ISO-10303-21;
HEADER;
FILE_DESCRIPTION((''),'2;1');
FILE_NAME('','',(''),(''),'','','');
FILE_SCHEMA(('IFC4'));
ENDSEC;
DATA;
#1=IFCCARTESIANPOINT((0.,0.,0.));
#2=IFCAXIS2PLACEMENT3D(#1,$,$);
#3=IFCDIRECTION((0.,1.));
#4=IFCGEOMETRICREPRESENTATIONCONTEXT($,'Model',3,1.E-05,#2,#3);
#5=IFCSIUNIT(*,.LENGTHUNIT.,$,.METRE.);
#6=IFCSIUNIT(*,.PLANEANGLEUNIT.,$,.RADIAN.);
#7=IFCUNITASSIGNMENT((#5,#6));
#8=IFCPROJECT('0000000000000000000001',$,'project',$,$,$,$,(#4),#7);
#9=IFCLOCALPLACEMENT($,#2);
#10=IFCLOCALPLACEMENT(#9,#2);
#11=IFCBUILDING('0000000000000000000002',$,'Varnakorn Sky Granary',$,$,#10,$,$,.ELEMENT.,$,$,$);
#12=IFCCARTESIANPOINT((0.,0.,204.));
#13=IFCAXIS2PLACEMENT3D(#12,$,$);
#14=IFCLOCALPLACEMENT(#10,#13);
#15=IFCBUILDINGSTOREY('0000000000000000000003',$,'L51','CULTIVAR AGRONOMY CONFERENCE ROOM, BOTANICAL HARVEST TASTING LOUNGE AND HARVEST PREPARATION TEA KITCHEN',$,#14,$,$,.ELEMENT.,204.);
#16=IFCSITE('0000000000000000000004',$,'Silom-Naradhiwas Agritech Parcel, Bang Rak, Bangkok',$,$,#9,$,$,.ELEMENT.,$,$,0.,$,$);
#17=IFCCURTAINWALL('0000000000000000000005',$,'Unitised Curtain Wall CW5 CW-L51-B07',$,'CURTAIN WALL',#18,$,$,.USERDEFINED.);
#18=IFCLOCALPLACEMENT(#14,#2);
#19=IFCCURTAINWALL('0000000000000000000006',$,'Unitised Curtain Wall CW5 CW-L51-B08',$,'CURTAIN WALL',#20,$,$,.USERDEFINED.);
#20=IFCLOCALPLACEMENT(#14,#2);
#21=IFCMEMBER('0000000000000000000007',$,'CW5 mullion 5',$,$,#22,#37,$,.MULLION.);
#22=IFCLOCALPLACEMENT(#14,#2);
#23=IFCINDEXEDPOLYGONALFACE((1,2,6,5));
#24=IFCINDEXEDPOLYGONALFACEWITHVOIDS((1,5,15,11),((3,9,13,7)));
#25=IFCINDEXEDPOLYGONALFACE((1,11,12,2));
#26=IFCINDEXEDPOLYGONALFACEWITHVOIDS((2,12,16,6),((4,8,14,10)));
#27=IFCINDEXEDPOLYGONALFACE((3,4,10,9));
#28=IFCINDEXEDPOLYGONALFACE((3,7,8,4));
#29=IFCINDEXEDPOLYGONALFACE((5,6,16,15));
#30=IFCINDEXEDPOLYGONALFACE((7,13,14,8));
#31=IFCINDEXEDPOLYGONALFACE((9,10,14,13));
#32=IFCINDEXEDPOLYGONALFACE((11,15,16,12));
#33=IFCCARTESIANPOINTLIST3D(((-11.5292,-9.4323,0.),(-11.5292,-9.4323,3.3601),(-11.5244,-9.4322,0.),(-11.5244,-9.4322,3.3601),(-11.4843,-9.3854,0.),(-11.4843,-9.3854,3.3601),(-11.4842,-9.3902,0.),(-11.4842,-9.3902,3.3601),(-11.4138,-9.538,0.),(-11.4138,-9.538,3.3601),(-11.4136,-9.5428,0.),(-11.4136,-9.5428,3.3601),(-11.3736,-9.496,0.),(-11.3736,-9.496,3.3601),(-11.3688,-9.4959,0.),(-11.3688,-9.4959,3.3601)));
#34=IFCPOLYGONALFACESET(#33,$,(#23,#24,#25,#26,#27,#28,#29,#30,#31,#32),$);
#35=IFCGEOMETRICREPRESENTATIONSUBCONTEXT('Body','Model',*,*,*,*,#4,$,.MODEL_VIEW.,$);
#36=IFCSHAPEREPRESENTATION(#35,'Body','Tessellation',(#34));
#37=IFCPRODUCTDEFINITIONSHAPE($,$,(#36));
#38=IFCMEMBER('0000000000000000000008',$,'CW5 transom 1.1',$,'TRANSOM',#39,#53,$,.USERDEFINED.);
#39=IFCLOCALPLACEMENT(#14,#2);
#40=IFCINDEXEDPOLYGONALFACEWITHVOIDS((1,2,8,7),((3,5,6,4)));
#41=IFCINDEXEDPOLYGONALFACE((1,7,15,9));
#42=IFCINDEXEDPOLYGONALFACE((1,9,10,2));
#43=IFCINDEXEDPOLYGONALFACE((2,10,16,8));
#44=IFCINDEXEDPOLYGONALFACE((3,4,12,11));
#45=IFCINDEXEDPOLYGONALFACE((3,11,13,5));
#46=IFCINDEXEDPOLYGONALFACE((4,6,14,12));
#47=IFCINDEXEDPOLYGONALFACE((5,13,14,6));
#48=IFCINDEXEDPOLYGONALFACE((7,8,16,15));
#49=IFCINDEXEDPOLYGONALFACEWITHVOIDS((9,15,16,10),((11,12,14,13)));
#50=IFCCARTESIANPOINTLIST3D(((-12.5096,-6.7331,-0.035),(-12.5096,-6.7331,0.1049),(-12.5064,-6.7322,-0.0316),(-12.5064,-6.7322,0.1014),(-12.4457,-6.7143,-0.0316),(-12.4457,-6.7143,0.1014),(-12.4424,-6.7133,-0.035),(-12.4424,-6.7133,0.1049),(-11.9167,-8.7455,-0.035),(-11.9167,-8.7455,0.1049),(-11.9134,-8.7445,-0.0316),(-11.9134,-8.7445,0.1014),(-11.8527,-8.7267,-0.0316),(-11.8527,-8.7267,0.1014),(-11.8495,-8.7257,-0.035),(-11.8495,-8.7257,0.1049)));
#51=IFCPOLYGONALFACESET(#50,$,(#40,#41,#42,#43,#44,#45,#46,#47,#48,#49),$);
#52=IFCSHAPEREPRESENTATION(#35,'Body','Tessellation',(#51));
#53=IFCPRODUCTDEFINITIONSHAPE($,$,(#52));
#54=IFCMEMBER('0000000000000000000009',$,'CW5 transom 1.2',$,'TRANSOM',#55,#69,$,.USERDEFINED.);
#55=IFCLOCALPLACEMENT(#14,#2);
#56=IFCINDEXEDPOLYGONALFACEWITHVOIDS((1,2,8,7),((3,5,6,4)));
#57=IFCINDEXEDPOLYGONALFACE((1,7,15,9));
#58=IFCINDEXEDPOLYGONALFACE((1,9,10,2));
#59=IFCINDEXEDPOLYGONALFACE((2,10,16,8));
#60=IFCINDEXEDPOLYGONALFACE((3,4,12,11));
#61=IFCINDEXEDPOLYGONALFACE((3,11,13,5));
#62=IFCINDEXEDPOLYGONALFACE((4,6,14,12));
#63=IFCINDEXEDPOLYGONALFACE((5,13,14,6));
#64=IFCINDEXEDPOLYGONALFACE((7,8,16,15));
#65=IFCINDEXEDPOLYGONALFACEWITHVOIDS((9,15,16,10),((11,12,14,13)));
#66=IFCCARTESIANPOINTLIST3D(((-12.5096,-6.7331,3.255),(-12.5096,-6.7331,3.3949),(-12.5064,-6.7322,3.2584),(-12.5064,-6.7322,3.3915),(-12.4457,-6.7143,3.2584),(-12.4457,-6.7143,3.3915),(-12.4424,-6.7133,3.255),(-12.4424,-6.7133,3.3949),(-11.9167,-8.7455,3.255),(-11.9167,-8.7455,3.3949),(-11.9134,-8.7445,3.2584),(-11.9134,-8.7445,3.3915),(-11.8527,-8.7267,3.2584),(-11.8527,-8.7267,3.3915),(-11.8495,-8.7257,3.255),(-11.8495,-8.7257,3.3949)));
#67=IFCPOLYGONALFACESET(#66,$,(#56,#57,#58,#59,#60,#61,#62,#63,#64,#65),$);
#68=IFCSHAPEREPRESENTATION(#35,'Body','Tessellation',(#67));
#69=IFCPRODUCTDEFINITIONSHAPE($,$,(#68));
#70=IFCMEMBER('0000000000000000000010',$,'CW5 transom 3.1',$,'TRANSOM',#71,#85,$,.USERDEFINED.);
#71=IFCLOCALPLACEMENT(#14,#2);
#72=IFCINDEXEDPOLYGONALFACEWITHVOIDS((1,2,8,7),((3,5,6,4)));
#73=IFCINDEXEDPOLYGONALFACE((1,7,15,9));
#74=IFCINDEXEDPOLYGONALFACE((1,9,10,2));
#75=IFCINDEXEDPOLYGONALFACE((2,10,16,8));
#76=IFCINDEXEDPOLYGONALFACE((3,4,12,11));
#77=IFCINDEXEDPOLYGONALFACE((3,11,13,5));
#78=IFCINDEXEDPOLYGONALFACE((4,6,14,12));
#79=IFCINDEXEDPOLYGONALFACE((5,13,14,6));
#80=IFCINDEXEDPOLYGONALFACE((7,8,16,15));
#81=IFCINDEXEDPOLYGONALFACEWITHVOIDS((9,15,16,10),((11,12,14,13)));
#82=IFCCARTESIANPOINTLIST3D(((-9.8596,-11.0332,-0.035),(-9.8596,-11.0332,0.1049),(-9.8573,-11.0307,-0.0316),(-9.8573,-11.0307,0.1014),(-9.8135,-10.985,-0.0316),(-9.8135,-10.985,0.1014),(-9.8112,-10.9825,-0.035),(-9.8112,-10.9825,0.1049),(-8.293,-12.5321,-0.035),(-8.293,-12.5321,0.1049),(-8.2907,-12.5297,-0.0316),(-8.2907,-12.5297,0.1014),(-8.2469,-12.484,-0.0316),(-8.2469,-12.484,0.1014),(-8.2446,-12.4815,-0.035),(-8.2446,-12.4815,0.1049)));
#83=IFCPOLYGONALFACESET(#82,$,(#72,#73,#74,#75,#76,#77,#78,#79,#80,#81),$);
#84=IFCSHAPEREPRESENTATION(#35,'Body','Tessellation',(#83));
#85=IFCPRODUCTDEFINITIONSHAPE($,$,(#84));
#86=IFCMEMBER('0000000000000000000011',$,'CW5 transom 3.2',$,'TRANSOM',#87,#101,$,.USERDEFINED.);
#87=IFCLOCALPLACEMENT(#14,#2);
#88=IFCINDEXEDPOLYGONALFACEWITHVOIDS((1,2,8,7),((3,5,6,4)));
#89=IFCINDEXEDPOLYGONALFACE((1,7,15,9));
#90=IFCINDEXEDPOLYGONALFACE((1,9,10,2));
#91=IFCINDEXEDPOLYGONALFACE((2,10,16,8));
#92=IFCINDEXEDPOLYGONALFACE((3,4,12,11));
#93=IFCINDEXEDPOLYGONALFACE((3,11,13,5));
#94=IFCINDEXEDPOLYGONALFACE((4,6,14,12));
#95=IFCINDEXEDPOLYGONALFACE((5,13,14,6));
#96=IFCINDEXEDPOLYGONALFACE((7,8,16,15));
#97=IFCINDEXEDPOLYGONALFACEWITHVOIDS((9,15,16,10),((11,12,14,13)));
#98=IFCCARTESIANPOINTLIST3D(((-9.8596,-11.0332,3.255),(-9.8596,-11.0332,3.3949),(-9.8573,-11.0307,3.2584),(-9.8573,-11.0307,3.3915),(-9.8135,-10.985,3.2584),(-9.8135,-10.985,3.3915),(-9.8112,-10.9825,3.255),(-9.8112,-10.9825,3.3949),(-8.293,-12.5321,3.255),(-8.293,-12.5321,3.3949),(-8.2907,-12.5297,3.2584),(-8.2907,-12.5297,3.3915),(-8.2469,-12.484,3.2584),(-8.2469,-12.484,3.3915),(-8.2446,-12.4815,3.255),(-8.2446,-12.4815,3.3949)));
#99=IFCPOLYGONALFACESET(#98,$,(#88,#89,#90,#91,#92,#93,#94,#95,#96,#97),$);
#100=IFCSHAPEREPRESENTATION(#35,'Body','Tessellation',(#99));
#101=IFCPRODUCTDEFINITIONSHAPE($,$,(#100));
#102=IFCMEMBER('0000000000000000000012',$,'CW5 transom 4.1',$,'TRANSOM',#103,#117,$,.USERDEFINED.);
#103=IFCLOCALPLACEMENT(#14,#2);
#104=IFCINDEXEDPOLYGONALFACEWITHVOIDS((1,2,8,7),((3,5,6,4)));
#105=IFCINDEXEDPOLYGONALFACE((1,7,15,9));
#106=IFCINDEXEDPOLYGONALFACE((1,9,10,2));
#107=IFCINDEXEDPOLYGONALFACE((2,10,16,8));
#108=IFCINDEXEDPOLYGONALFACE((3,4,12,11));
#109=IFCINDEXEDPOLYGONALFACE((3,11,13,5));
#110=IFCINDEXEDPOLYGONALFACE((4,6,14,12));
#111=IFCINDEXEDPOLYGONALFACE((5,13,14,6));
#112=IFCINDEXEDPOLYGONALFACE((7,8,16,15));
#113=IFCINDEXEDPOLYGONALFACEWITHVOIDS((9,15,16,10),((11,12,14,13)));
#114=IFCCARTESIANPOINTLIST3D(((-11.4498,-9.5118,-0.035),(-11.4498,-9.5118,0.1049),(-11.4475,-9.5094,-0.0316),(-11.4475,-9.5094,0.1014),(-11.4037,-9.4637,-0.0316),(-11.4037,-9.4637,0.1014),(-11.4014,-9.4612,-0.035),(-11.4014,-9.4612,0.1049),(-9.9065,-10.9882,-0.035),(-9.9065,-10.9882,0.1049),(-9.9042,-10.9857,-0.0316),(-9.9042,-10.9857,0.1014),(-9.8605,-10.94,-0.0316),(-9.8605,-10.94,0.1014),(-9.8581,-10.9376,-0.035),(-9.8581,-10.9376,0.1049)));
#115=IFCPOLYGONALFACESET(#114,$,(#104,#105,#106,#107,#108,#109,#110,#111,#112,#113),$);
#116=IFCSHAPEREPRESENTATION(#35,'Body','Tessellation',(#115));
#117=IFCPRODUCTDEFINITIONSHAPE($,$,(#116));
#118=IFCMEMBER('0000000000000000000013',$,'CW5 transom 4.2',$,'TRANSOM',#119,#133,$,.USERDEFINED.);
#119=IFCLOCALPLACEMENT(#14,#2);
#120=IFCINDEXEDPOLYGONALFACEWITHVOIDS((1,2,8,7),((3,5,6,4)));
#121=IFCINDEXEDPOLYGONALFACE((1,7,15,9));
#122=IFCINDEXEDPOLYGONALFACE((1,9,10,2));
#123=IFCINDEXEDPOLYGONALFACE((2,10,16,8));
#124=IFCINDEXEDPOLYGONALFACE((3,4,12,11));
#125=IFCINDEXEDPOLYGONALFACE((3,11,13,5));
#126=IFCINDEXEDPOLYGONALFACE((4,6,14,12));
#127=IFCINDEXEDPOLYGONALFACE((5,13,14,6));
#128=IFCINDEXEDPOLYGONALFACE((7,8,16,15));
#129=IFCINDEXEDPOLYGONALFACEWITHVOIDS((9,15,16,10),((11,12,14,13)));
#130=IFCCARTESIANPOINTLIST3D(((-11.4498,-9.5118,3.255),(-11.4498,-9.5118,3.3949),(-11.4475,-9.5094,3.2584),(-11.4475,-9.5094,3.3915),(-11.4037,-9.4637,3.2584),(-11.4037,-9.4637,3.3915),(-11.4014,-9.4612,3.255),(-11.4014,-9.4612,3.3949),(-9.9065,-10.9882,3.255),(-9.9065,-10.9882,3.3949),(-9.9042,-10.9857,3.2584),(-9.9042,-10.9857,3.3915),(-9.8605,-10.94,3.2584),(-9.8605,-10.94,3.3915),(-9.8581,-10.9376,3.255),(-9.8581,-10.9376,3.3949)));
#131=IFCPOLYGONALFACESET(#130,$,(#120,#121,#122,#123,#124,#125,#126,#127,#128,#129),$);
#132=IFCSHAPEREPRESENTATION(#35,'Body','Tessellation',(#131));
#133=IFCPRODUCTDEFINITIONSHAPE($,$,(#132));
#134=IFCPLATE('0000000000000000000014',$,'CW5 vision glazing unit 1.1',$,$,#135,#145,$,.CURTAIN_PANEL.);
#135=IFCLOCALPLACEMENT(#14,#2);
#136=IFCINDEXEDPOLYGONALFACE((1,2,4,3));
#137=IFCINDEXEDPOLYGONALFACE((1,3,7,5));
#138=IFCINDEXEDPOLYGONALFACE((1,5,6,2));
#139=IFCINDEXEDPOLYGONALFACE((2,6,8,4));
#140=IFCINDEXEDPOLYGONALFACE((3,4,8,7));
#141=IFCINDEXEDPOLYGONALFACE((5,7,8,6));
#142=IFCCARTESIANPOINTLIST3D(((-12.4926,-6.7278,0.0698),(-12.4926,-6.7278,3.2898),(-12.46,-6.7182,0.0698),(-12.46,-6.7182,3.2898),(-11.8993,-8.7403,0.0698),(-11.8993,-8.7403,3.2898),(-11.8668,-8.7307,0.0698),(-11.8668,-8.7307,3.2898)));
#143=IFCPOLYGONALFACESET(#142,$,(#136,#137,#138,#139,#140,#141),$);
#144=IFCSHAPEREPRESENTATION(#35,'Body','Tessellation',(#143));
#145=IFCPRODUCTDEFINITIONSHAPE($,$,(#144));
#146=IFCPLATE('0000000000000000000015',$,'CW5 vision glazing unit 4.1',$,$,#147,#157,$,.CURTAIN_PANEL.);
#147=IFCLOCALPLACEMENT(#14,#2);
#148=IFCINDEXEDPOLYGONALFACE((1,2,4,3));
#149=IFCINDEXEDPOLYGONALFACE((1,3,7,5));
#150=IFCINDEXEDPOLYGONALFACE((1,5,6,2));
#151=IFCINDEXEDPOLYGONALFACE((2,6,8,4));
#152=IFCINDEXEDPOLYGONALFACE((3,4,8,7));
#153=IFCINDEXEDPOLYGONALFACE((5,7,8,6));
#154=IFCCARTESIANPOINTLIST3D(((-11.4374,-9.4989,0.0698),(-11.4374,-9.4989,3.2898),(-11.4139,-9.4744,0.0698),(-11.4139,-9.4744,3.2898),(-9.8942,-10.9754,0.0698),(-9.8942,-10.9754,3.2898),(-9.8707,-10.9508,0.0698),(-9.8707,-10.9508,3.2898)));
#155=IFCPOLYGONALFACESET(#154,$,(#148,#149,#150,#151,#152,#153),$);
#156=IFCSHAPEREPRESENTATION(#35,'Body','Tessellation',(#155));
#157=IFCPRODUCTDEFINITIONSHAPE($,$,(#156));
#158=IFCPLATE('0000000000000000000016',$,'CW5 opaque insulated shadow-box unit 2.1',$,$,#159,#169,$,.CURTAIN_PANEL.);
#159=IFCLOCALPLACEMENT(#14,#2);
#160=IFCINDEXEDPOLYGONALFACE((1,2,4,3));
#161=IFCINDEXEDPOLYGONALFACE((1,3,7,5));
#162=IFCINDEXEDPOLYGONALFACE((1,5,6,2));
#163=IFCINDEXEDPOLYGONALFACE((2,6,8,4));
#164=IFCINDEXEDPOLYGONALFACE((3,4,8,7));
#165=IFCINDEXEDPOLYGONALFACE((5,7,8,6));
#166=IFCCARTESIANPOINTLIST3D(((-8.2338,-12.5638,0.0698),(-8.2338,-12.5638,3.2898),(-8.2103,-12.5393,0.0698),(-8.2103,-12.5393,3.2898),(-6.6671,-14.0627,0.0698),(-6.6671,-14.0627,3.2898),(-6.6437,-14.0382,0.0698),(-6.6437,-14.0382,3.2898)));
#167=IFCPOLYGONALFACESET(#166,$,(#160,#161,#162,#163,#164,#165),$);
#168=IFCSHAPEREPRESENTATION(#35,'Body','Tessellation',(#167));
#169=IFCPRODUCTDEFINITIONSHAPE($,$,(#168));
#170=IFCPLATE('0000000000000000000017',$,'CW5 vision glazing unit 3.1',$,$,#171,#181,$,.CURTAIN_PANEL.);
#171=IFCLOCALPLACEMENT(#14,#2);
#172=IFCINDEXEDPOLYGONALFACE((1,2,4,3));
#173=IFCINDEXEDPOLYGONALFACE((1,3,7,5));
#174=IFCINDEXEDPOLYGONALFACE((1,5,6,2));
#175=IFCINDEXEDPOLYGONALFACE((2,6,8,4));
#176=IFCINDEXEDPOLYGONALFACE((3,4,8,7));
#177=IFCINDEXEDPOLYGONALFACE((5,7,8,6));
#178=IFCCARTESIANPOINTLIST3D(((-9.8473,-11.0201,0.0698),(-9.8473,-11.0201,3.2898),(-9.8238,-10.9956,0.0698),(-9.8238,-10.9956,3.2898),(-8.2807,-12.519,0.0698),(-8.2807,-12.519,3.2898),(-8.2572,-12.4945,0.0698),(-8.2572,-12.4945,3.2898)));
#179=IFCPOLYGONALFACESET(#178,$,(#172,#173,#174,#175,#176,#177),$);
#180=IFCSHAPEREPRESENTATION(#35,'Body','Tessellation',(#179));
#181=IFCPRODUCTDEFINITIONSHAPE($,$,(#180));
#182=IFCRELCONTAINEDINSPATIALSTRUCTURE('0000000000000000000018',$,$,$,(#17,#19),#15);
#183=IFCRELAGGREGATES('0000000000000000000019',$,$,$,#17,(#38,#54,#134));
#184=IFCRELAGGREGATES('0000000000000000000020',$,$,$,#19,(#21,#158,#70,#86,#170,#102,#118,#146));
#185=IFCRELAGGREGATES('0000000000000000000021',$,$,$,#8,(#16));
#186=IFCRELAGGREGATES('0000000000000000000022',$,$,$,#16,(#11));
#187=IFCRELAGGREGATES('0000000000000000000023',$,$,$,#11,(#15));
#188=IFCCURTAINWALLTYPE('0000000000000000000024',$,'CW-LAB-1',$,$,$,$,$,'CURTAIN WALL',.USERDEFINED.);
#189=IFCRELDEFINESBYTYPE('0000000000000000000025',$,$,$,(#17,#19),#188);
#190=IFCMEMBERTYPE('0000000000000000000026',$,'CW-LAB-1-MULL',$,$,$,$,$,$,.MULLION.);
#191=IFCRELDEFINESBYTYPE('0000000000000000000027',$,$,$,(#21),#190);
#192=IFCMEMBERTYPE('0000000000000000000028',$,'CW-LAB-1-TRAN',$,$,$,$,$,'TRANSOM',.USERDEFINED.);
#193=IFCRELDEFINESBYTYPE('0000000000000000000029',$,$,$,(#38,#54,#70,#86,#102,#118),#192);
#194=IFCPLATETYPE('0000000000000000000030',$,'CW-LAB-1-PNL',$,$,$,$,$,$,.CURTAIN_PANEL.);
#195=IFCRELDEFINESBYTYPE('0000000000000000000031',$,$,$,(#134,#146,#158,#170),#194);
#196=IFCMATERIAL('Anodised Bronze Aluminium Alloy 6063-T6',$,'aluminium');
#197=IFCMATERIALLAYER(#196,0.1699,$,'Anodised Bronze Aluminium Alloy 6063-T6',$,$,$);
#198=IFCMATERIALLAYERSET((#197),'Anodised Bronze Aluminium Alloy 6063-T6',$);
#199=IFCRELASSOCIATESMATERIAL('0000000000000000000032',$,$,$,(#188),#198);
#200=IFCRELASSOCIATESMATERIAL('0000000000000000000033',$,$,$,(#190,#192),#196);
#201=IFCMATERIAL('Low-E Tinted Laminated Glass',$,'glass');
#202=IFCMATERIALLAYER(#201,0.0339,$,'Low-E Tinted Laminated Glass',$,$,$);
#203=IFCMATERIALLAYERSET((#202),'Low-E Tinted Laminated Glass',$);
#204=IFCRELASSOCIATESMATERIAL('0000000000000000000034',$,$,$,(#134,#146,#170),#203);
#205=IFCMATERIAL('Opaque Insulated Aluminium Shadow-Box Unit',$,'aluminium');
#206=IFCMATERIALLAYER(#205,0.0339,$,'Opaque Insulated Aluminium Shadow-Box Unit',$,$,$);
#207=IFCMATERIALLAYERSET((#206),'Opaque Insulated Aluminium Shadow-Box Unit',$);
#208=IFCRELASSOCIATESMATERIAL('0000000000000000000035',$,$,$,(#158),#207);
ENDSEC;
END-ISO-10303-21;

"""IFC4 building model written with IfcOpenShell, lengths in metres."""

from ifc_helpers import new_model, si_unit, direction, frame, origin, origin_2d, place, context, subcontext, project, spatial, rectangle, hollow_rectangle, extrude, source, transform, mapped, material, layer, layer_set, material_profile, profile_set, type_object, type_shapes, element, aggregate, save


model = new_model("IFC4")

# Units and contexts
model_context = context("Model", 3, precision=1e-05, world=origin(), true_north=direction((0.0, 1.0)))
body_context = subcontext(model_context, "Body", "Model", "MODEL_VIEW")
ifc_project = project(units=[si_unit("LENGTHUNIT", "METRE"), si_unit("PLANEANGLEUNIT", "RADIAN")], contexts=[model_context])

# Site, building, storey
site_placement = place(None, origin())
site = spatial("IfcSite", under=ifc_project, at=site_placement, Name="Silom-Naradhiwas Agritech Parcel, Bang Rak, Bangkok", CompositionType="ELEMENT", RefElevation=0.0)
building_placement = place(site_placement, origin())
building = spatial("IfcBuilding", under=site, at=building_placement, Name="Varnakorn Sky Granary", CompositionType="ELEMENT")
storey_placement = place(building_placement, frame((0.0, 0.0, 204.0)))
storey = spatial("IfcBuildingStorey", under=building, at=storey_placement, Name="L51", Description="CULTIVAR AGRONOMY CONFERENCE ROOM, BOTANICAL HARVEST TASTING LOUNGE AND HARVEST PREPARATION TEA KITCHEN", CompositionType="ELEMENT", Elevation=204.0)

# Curtain walls, member
ifc_material_1 = material(Name="Anodised Bronze Aluminium Alloy 6063-T6", Category="aluminium")
ifc_layer_1 = layer(ifc_material_1, 0.1699, Name="Anodised Bronze Aluminium Alloy 6063-T6")
ifc_layer_set_1 = layer_set([ifc_layer_1], Name="Anodised Bronze Aluminium Alloy 6063-T6")
curtain_wall_type = type_object("IfcCurtainWallType", Name="CW-LAB-1", ElementType="CURTAIN WALL", PredefinedType="USERDEFINED", material=ifc_layer_set_1)
curtain_wall_1_placement = place(storey_placement, origin())
curtain_wall_1 = element("IfcCurtainWall", 1, at=curtain_wall_1_placement, inside=storey, type_object=curtain_wall_type, Name="Unitised Curtain Wall CW5 CW-L51-B07", ObjectType="CURTAIN WALL", PredefinedType="USERDEFINED")
ifc_material_profile_1 = material_profile(ifc_material_1, hollow_rectangle(XDim=0.0649, YDim=0.1599, WallThickness=0.0034, at=origin_2d()), Name="ALU MULL 65x160")
ifc_profile_set_1 = profile_set([ifc_material_profile_1], Name="Anodised Bronze Aluminium Alloy 6063-T6")
member_type_1 = type_object("IfcMemberType", Name="CW-LAB-1-MULL", PredefinedType="MULLION", material=ifc_profile_set_1)
curtain_wall_2_placement = place(storey_placement, origin())
curtain_wall_2 = element("IfcCurtainWall", 2, at=curtain_wall_2_placement, inside=storey, type_object=curtain_wall_type, Name="Unitised Curtain Wall CW5 CW-L51-B08", ObjectType="CURTAIN WALL", PredefinedType="USERDEFINED")
member_1_placement = place(storey_placement, frame((-11.449, -9.4641, 0.0), z_axis=(0.0, 0.0, 1.0), x_axis=(-0.691317, -0.722551, 0.0)))
member_1 = element("IfcMember", 3, at=member_1_placement, type_object=member_type_1, Name="CW5 mullion 5", PredefinedType="MULLION", context=body_context, shape_type="SweptSolid", body=[
    extrude(hollow_rectangle(XDim=0.0649, YDim=0.1599, WallThickness=0.0034, at=origin_2d()), origin(), (0.0, 0.0, 1.0), 3.3601),
])

# Members
ifc_material_profile_2 = material_profile(ifc_material_1, hollow_rectangle(XDim=0.0701, YDim=0.1399, WallThickness=0.0034, at=origin_2d()), Name="ALU TRAN 70x140")
ifc_profile_set_2 = profile_set([ifc_material_profile_2], Name="Anodised Bronze Aluminium Alloy 6063-T6")
member_type_2 = type_object("IfcMemberType", Name="CW-LAB-1-TRAN", ElementType="TRANSOM", PredefinedType="USERDEFINED", material=ifc_profile_set_2)
member_2_placement = place(storey_placement, frame((-11.8831, -8.7356, 0.0349), z_axis=(-0.282658, 0.959221, 0.0), x_axis=(-0.959221, -0.282658, 0.0)))
member_2 = element("IfcMember", 4, at=member_2_placement, type_object=member_type_2, Name="CW5 transom 1.1", ObjectType="TRANSOM", PredefinedType="USERDEFINED", context=body_context, shape_type="SweptSolid", body=[
    extrude(hollow_rectangle(XDim=0.0701, YDim=0.1399, WallThickness=0.0034, at=origin_2d()), origin(), (0.0, 0.0, 1.0), 2.0979),
])
member_3_placement = place(storey_placement, frame((-11.8831, -8.7356, 3.325), z_axis=(-0.282658, 0.959221, 0.0), x_axis=(-0.959221, -0.282658, 0.0)))
member_3 = element("IfcMember", 5, at=member_3_placement, type_object=member_type_2, Name="CW5 transom 1.2", ObjectType="TRANSOM", PredefinedType="USERDEFINED", context=body_context, shape_type="SweptSolid", body=[
    extrude(hollow_rectangle(XDim=0.0701, YDim=0.1399, WallThickness=0.0034, at=origin_2d()), origin(), (0.0, 0.0, 1.0), 2.0979),
])
member_4_placement = place(storey_placement, frame((-8.2688, -12.5068, 0.0349), z_axis=(-0.722529, 0.69134, 0.0), x_axis=(-0.69134, -0.722529, 0.0)))
member_4 = element("IfcMember", 6, at=member_4_placement, type_object=member_type_2, Name="CW5 transom 3.1", ObjectType="TRANSOM", PredefinedType="USERDEFINED", context=body_context, shape_type="SweptSolid", body=[
    extrude(hollow_rectangle(XDim=0.0701, YDim=0.1399, WallThickness=0.0034, at=origin_2d()), origin(), (0.0, 0.0, 1.0), 2.1682),
])
member_5_placement = place(storey_placement, frame((-8.2688, -12.5068, 3.325), z_axis=(-0.722529, 0.69134, 0.0), x_axis=(-0.69134, -0.722529, 0.0)))
member_5 = element("IfcMember", 7, at=member_5_placement, type_object=member_type_2, Name="CW5 transom 3.2", ObjectType="TRANSOM", PredefinedType="USERDEFINED", context=body_context, shape_type="SweptSolid", body=[
    extrude(hollow_rectangle(XDim=0.0701, YDim=0.1399, WallThickness=0.0034, at=origin_2d()), origin(), (0.0, 0.0, 1.0), 2.1682),
])
member_6_placement = place(storey_placement, frame((-9.8823, -10.9629, 0.0349), z_axis=(-0.722595, 0.691272, 0.0), x_axis=(-0.691272, -0.722595, 0.0)))
member_6 = element("IfcMember", 8, at=member_6_placement, type_object=member_type_2, Name="CW5 transom 4.1", ObjectType="TRANSOM", PredefinedType="USERDEFINED", context=body_context, shape_type="SweptSolid", body=[
    extrude(hollow_rectangle(XDim=0.0701, YDim=0.1399, WallThickness=0.0034, at=origin_2d()), origin(), (0.0, 0.0, 1.0), 2.1357),
])
member_7_placement = place(storey_placement, frame((-9.8823, -10.9629, 3.325), z_axis=(-0.722595, 0.691272, 0.0), x_axis=(-0.691272, -0.722595, 0.0)))
member_7 = element("IfcMember", 9, at=member_7_placement, type_object=member_type_2, Name="CW5 transom 4.2", ObjectType="TRANSOM", PredefinedType="USERDEFINED", context=body_context, shape_type="SweptSolid", body=[
    extrude(hollow_rectangle(XDim=0.0701, YDim=0.1399, WallThickness=0.0034, at=origin_2d()), origin(), (0.0, 0.0, 1.0), 2.1357),
])

# Plates
ifc_material_2 = material(Name="Low-E Tinted Laminated Glass", Category="glass")
ifc_layer_2 = layer(ifc_material_2, 0.0339, Name="Low-E Tinted Laminated Glass")
ifc_layer_set_2 = layer_set([ifc_layer_2], Name="Low-E Tinted Laminated Glass")
plate_type = type_object("IfcPlateType", Name="CW-LAB-1-PNL", PredefinedType="CURTAIN_PANEL")
shared_shape_1 = source(origin(), body_context, "Body", "SweptSolid", [
    extrude(rectangle(XDim=2.0981, YDim=0.0339, at=origin_2d()), origin(), (0.0, 0.0, 1.0), 3.22),
])
plate_1_placement = place(storey_placement, frame((-12.1797, -7.7292, 0.0698), z_axis=(0.0, 0.0, 1.0), x_axis=(-0.282744, 0.959195, 0.0)))
plate_1 = element("IfcPlate", 10, at=plate_1_placement, type_object=plate_type, material=ifc_layer_set_2, Name="CW5 vision glazing unit 1.1", PredefinedType="CURTAIN_PANEL", context=body_context, shape_type="MappedRepresentation", body=[
    mapped(shared_shape_1, transform((0.0, 0.0, 0.0), x_axis=(1.0, 0.0, 0.0), y_axis=(0.0, 1.0, 0.0), z_axis=(0.0, 0.0, 1.0), scale=1.0)),
])
aggregate(curtain_wall_1, [member_2, member_3, plate_1])
shared_shape_2 = source(origin(), body_context, "Body", "SweptSolid", [
    extrude(rectangle(XDim=2.1357, YDim=0.0339, at=origin_2d()), origin(), (0.0, 0.0, 1.0), 3.22),
])
plate_2_placement = place(storey_placement, frame((-10.6541, -10.2249, 0.0698), z_axis=(0.0, 0.0, 1.0), x_axis=(-0.722551, 0.691317, 0.0)))
plate_2 = element("IfcPlate", 11, at=plate_2_placement, type_object=plate_type, material=ifc_layer_set_2, Name="CW5 vision glazing unit 4.1", PredefinedType="CURTAIN_PANEL", context=body_context, shape_type="MappedRepresentation", body=[
    mapped(shared_shape_2, transform((0.0, 0.0, 0.0), x_axis=(1.0, 0.0, 0.0), y_axis=(0.0, 1.0, 0.0), z_axis=(0.0, 0.0, 1.0), scale=1.0)),
])
ifc_material_3 = material(Name="Opaque Insulated Aluminium Shadow-Box Unit", Category="aluminium")
ifc_layer_3 = layer(ifc_material_3, 0.0339, Name="Opaque Insulated Aluminium Shadow-Box Unit")
ifc_layer_set_3 = layer_set([ifc_layer_3], Name="Opaque Insulated Aluminium Shadow-Box Unit")
shared_shape_3 = source(origin(), body_context, "Body", "SweptSolid", [
    extrude(rectangle(XDim=2.1682, YDim=0.0339, at=origin_2d()), origin(), (0.0, 0.0, 1.0), 3.22),
])
type_shapes(plate_type, [shared_shape_1, shared_shape_2, shared_shape_3])
plate_3_placement = place(storey_placement, frame((-7.4387, -13.301, 0.0698), z_axis=(0.0, 0.0, 1.0), x_axis=(-0.722551, 0.691317, 0.0)))
plate_3 = element("IfcPlate", 12, at=plate_3_placement, type_object=plate_type, material=ifc_layer_set_3, Name="CW5 opaque insulated shadow-box unit 2.1", PredefinedType="CURTAIN_PANEL", context=body_context, shape_type="MappedRepresentation", body=[
    mapped(shared_shape_3, transform((0.0, 0.0, 0.0), x_axis=(1.0, 0.0, 0.0), y_axis=(0.0, 1.0, 0.0), z_axis=(0.0, 0.0, 1.0), scale=1.0)),
])
plate_4_placement = place(storey_placement, frame((-9.0522, -11.7573, 0.0698), z_axis=(0.0, 0.0, 1.0), x_axis=(-0.722551, 0.691317, 0.0)))
plate_4 = element("IfcPlate", 13, at=plate_4_placement, type_object=plate_type, material=ifc_layer_set_2, Name="CW5 vision glazing unit 3.1", PredefinedType="CURTAIN_PANEL", context=body_context, shape_type="MappedRepresentation", body=[
    mapped(shared_shape_3, transform((0.0, 0.0, 0.0), x_axis=(1.0, 0.0, 0.0), y_axis=(0.0, 1.0, 0.0), z_axis=(0.0, 0.0, 1.0), scale=1.0)),
])
aggregate(curtain_wall_2, [member_1, plate_3, member_4, member_5, plate_4, member_6, member_7, plate_2])

save(model, "model.ifc")
